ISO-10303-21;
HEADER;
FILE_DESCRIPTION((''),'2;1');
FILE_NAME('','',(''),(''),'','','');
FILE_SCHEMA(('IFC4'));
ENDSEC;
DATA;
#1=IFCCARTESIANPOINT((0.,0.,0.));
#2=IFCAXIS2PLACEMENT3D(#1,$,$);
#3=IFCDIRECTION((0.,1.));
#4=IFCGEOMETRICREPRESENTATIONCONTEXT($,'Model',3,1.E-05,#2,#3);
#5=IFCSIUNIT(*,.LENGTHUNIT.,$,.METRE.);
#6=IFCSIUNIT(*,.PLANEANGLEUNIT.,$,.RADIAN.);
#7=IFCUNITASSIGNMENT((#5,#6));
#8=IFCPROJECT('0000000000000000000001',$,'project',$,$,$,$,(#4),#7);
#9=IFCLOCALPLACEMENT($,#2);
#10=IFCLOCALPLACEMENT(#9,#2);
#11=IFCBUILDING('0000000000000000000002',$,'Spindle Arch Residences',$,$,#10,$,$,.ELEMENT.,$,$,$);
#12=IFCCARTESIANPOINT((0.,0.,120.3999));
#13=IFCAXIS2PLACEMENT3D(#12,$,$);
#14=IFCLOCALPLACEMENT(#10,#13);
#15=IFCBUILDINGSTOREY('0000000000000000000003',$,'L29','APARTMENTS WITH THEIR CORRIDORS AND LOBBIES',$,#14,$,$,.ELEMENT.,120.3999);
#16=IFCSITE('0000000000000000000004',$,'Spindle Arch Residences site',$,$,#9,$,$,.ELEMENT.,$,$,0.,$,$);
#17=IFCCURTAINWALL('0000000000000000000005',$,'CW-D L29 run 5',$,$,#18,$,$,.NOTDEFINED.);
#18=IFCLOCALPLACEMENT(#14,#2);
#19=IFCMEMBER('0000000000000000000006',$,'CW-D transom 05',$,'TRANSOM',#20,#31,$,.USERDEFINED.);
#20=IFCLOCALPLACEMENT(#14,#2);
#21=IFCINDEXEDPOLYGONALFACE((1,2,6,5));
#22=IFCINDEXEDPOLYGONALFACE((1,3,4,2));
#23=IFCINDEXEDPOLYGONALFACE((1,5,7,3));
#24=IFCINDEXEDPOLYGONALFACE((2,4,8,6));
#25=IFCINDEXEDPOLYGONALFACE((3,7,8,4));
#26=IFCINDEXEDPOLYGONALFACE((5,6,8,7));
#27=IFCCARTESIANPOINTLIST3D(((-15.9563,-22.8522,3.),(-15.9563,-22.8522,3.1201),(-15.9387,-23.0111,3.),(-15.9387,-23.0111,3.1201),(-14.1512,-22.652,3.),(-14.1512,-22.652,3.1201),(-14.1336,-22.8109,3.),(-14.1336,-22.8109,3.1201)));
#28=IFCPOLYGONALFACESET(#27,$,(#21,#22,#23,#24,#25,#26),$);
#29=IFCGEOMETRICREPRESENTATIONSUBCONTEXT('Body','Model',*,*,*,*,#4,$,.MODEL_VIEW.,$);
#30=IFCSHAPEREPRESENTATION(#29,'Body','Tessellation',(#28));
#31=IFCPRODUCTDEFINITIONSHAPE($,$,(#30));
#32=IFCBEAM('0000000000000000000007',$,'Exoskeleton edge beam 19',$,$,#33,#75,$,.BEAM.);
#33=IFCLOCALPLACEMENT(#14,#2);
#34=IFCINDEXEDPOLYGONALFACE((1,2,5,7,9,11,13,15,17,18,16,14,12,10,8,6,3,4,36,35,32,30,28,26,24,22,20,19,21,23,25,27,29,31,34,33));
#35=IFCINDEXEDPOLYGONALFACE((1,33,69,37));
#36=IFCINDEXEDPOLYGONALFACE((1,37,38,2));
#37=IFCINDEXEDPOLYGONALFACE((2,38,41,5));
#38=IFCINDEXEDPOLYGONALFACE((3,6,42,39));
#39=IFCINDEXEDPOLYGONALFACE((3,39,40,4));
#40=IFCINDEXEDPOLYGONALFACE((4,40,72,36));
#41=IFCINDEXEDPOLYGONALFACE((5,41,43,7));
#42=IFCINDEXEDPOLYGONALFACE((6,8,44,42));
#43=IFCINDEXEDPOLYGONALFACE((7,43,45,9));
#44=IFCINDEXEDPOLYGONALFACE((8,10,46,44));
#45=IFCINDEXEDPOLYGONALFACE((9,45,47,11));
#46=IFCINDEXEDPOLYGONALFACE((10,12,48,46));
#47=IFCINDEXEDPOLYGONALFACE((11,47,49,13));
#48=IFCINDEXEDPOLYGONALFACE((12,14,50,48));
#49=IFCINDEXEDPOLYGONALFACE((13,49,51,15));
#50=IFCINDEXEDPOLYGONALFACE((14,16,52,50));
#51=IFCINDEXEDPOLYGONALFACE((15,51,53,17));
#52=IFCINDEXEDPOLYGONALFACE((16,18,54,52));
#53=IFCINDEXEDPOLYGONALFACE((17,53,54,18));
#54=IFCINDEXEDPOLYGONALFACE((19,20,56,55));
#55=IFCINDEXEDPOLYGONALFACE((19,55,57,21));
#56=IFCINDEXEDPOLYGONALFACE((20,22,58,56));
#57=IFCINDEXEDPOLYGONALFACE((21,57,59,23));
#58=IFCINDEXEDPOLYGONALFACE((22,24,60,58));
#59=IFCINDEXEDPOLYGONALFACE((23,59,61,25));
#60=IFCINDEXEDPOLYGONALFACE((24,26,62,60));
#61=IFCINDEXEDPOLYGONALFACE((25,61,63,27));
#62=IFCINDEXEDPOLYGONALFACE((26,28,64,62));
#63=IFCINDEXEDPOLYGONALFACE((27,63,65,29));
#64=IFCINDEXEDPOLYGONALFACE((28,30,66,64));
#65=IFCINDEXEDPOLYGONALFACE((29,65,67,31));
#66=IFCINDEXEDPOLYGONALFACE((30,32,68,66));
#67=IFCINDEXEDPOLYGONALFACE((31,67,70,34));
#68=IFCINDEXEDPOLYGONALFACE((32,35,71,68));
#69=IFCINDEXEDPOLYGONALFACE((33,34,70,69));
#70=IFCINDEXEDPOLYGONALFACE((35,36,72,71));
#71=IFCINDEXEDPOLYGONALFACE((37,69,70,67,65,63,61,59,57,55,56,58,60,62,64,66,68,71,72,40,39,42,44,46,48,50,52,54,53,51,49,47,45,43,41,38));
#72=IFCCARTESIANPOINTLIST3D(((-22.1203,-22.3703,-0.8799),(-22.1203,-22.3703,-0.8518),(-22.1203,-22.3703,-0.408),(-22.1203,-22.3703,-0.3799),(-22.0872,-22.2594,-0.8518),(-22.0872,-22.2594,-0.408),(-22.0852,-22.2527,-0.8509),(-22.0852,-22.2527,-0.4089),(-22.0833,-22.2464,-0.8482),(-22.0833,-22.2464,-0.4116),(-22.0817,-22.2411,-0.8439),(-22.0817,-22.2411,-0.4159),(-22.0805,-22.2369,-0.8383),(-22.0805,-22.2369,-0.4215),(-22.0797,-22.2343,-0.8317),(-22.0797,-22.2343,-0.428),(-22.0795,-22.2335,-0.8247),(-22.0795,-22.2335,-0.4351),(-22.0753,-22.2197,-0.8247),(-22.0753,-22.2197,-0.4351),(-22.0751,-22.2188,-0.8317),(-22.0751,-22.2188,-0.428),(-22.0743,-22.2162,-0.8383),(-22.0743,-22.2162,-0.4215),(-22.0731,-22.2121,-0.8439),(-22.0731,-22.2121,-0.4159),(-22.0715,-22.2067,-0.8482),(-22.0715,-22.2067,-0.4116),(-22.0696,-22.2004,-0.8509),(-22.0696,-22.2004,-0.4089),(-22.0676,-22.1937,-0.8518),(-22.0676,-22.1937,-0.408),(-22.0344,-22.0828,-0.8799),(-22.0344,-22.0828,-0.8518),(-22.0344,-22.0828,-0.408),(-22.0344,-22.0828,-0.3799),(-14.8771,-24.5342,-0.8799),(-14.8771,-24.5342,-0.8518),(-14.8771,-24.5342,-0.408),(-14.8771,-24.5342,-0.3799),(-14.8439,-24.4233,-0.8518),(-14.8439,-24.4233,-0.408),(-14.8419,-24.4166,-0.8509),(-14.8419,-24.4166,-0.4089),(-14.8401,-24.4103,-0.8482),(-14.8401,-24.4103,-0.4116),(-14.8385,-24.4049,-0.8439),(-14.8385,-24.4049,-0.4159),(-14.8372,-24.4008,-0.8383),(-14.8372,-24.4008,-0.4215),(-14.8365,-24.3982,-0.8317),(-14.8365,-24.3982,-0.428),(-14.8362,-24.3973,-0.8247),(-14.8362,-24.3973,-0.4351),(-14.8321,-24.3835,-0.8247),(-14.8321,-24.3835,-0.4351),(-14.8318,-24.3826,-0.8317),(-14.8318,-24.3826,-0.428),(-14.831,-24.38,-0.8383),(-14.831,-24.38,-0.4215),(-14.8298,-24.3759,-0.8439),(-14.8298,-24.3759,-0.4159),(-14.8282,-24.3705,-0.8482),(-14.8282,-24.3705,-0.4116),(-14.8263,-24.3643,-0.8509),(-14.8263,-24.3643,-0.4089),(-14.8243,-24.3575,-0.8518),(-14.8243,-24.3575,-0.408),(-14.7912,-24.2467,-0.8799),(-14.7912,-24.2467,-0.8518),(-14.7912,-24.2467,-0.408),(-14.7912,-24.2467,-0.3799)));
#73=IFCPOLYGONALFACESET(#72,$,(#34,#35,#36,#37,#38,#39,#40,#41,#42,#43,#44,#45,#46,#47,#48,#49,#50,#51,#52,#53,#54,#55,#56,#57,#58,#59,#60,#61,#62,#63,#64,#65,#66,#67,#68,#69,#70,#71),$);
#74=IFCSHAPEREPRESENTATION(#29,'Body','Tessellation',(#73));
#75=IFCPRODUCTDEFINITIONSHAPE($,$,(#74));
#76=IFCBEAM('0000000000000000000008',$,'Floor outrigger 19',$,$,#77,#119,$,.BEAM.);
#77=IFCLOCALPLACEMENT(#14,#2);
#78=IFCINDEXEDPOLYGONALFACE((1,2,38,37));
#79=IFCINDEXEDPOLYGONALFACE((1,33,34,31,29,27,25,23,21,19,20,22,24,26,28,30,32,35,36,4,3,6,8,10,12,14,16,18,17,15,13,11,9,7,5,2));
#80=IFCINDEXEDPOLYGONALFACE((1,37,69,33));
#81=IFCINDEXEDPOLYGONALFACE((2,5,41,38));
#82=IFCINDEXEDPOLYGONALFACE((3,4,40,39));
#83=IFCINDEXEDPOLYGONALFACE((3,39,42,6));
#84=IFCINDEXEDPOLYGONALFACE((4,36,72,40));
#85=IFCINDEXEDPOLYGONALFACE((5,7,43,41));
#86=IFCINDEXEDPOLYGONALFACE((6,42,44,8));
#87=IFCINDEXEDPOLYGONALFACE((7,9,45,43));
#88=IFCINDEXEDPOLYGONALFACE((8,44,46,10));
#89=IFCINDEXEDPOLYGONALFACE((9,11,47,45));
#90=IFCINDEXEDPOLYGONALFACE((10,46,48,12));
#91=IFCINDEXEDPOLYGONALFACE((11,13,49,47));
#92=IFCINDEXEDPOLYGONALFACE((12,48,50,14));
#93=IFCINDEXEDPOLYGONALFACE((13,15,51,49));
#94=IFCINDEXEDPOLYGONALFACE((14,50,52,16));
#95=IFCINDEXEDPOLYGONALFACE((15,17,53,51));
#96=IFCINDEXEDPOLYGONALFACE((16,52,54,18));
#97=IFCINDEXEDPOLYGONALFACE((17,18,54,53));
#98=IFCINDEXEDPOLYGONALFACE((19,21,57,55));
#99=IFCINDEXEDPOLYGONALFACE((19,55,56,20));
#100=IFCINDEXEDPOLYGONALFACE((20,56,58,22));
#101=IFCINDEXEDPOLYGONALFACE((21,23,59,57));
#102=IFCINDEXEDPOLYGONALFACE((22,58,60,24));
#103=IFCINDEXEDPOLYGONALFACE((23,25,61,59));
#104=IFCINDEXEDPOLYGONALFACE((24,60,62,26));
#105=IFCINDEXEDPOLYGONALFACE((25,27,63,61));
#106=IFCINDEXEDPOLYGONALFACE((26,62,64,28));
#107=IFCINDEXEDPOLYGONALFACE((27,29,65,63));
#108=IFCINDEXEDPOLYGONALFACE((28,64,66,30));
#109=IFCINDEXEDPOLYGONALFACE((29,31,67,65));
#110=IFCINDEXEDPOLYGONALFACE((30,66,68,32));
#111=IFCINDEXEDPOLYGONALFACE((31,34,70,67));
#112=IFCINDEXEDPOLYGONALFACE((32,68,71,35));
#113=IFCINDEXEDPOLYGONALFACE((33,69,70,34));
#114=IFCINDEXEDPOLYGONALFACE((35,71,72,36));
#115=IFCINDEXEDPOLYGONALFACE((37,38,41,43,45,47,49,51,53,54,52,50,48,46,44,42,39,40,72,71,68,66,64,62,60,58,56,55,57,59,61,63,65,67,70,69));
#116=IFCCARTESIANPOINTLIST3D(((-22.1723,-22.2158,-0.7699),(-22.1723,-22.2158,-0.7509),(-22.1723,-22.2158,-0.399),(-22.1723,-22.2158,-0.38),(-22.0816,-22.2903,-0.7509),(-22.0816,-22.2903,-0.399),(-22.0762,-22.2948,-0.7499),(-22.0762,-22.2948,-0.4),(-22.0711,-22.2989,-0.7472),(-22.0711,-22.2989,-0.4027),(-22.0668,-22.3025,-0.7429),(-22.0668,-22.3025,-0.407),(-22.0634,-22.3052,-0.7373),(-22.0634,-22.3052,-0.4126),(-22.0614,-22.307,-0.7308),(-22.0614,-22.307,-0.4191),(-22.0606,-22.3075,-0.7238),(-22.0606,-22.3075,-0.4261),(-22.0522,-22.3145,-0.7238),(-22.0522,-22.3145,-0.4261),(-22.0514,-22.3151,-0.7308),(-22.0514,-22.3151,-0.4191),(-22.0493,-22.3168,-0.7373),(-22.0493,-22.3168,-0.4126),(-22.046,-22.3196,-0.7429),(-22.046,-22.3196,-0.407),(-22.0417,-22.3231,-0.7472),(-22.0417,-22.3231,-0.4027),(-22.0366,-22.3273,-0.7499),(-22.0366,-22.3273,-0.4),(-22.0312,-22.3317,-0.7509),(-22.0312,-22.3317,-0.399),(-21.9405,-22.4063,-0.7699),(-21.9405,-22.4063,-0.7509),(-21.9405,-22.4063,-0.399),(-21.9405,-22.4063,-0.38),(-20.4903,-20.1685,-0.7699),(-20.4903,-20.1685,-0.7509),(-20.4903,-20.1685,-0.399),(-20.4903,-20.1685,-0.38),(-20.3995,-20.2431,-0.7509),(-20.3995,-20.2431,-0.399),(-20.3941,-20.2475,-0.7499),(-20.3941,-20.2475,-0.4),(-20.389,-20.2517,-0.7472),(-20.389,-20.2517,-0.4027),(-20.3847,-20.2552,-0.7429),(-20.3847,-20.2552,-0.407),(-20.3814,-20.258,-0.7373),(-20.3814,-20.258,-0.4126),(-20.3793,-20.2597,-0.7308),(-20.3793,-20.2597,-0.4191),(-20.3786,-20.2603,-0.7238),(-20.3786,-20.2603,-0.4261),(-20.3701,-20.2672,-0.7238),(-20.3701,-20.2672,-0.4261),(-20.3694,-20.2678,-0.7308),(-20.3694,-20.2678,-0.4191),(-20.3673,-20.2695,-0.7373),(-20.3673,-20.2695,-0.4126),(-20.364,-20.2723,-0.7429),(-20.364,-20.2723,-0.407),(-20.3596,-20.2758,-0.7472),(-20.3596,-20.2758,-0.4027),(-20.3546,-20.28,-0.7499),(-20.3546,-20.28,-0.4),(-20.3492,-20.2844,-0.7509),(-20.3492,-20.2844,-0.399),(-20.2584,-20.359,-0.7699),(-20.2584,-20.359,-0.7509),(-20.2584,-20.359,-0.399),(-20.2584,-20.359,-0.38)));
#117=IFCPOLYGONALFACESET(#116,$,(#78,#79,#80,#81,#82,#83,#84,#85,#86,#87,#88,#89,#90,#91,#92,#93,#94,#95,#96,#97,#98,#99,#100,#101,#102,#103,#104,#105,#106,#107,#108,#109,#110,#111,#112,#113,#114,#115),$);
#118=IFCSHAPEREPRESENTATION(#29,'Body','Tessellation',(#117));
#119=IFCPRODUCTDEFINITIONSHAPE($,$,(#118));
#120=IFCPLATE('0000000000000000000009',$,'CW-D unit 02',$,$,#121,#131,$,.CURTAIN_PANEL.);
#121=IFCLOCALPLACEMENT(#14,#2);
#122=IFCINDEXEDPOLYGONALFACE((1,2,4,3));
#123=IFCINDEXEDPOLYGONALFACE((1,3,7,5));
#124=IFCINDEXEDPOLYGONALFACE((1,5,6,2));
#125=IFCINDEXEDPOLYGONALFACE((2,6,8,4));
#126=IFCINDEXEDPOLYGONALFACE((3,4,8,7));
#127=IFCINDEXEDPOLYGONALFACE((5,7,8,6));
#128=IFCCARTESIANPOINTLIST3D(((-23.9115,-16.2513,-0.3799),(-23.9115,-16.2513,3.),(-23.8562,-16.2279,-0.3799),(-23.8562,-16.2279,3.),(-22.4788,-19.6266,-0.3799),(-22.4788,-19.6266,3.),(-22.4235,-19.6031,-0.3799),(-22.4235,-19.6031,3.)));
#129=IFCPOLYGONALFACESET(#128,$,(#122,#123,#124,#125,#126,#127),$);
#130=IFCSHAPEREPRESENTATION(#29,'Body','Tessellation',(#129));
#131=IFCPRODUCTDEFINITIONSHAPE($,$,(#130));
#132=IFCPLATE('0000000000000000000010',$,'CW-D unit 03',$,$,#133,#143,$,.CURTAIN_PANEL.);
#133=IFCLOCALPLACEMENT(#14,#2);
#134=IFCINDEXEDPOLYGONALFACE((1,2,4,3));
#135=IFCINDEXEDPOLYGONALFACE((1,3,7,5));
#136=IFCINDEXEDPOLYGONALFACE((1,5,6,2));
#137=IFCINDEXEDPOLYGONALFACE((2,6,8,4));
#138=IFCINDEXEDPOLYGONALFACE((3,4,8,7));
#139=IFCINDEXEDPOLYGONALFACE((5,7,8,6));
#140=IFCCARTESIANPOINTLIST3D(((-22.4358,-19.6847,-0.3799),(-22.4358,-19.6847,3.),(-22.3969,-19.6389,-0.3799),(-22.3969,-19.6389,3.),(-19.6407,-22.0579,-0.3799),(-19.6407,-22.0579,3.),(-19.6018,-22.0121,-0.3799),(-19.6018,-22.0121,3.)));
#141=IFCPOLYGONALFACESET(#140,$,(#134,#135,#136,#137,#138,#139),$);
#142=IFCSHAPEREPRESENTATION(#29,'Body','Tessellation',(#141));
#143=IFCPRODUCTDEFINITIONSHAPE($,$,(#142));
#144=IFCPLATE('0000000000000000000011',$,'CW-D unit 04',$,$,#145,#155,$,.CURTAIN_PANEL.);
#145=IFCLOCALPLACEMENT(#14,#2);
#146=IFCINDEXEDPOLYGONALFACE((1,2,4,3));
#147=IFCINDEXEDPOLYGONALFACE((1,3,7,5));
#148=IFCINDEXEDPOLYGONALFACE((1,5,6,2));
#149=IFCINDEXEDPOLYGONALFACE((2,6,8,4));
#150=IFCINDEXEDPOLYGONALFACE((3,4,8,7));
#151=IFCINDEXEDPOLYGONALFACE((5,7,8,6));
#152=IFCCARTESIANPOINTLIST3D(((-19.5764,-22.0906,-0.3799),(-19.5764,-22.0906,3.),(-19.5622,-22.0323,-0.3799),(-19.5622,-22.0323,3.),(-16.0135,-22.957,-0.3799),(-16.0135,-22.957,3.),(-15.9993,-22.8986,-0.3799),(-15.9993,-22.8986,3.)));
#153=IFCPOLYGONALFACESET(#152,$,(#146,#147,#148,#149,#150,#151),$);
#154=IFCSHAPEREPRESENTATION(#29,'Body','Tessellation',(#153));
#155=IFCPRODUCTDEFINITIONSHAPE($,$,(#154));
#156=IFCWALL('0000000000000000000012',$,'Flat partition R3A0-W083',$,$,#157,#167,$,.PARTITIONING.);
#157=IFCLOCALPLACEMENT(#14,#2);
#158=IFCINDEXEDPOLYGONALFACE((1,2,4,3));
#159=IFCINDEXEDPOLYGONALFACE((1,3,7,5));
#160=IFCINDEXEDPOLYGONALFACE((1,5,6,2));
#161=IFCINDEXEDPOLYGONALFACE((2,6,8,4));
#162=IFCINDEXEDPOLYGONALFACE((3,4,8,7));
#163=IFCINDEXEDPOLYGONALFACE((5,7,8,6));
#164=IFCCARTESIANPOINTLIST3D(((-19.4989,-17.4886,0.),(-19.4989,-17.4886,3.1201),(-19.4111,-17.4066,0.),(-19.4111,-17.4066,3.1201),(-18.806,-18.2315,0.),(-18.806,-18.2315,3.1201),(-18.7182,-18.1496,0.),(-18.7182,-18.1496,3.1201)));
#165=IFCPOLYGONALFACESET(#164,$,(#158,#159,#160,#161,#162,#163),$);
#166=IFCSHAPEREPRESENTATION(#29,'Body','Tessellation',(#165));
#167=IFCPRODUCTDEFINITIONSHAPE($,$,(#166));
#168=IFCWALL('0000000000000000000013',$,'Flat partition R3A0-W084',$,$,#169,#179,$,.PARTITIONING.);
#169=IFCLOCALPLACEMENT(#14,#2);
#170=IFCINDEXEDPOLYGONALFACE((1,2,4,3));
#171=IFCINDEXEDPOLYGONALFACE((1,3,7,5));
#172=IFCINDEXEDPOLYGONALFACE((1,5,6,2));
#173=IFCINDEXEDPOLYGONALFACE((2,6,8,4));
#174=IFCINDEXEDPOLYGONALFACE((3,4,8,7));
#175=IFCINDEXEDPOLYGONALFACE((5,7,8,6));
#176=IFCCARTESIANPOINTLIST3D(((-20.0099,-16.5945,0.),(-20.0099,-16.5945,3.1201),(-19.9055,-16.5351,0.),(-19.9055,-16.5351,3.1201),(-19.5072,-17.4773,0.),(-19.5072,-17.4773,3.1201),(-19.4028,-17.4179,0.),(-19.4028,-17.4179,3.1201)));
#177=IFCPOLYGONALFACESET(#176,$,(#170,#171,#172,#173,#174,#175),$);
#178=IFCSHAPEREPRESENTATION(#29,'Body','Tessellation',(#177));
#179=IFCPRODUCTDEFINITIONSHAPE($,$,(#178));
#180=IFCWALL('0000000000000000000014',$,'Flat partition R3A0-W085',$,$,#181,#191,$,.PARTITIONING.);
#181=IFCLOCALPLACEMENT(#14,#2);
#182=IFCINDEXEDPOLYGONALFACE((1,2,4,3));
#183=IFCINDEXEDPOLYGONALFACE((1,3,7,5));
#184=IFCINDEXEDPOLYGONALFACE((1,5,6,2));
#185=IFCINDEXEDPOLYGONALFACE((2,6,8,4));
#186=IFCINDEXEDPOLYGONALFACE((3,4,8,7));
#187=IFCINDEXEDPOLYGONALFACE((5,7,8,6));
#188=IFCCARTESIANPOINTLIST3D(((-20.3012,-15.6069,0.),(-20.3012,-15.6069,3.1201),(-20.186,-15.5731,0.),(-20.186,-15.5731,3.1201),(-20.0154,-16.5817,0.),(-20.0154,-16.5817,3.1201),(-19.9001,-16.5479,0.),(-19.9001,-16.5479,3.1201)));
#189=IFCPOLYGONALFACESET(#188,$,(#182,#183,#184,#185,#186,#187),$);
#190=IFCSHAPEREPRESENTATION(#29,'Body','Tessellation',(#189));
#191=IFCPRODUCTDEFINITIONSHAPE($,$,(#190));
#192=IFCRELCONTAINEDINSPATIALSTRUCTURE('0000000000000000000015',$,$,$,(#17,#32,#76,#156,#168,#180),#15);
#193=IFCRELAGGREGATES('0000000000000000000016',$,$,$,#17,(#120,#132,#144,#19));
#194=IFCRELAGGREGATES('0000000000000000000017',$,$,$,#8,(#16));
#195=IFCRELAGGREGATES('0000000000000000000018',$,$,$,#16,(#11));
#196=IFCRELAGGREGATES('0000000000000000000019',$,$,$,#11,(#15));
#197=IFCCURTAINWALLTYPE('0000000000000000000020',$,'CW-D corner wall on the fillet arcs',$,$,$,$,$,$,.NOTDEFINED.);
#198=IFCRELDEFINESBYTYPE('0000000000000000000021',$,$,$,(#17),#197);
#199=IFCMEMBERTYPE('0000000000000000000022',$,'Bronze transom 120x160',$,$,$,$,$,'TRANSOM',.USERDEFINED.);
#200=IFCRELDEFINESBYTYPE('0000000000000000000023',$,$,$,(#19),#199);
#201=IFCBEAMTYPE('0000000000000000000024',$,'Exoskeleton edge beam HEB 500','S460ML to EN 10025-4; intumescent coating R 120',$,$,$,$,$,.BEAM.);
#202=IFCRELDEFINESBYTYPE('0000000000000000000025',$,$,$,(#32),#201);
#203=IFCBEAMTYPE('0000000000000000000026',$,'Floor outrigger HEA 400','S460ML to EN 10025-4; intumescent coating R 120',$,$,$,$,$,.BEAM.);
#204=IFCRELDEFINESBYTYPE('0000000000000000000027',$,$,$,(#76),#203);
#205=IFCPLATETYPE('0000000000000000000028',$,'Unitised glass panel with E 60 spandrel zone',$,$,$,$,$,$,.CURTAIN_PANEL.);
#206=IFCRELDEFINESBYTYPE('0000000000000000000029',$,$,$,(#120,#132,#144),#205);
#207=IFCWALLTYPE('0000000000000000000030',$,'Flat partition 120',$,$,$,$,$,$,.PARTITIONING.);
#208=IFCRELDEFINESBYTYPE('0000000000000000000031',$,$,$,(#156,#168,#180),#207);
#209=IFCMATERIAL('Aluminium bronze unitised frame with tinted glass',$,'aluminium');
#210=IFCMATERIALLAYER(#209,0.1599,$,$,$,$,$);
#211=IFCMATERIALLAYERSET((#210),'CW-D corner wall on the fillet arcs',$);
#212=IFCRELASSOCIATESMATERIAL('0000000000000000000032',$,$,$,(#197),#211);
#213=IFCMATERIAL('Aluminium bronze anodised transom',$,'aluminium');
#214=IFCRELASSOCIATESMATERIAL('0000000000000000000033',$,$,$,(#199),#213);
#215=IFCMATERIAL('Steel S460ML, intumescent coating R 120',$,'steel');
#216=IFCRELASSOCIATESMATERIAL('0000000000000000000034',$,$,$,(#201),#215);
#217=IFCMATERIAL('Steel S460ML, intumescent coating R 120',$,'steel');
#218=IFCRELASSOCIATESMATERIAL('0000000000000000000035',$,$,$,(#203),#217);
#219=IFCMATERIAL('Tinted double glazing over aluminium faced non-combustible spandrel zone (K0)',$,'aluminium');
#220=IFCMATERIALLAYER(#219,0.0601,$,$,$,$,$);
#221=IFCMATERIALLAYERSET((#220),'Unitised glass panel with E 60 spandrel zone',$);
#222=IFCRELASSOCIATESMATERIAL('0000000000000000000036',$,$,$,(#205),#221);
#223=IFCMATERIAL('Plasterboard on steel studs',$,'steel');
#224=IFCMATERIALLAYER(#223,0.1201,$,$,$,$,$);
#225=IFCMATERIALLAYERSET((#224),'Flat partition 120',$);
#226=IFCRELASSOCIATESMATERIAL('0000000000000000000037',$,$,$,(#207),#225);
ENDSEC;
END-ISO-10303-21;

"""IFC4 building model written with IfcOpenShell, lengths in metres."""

from ifc_helpers import new_model, si_unit, direction, frame, frame_2d, origin, origin_2d, place, context, subcontext, project, spatial, rectangle, i_section, extrude, material, layer, layer_set, material_profile, profile_set, type_object, element, aggregate, save


model = new_model("IFC4")

# Units and contexts
model_context = context("Model", 3, precision=1e-05, world=origin(), true_north=direction((0.0, 1.0)))
body_context = subcontext(model_context, "Body", "Model", "MODEL_VIEW")
ifc_project = project(units=[si_unit("LENGTHUNIT", "METRE"), si_unit("PLANEANGLEUNIT", "RADIAN")], contexts=[model_context])

# Site, building, storey
site_placement = place(None, origin())
site = spatial("IfcSite", under=ifc_project, at=site_placement, Name="Spindle Arch Residences site", CompositionType="ELEMENT", RefElevation=0.0)
building_placement = place(site_placement, origin())
building = spatial("IfcBuilding", under=site, at=building_placement, Name="Spindle Arch Residences", CompositionType="ELEMENT")
storey_placement = place(building_placement, frame((0.0, 0.0, 120.3999)))
storey = spatial("IfcBuildingStorey", under=building, at=storey_placement, Name="L29", Description="APARTMENTS WITH THEIR CORRIDORS AND LOBBIES", CompositionType="ELEMENT", Elevation=120.3999)

# Curtain wall, member
ifc_material_1 = material(Name="Aluminium bronze unitised frame with tinted glass", Category="aluminium")
ifc_layer_1 = layer(ifc_material_1, 0.1599)
ifc_layer_set_1 = layer_set([ifc_layer_1], Name="CW-D corner wall on the fillet arcs")
curtain_wall_type = type_object("IfcCurtainWallType", Name="CW-D corner wall on the fillet arcs", PredefinedType="NOTDEFINED", material=ifc_layer_set_1)
curtain_wall_placement = place(storey_placement, origin())
curtain_wall = element("IfcCurtainWall", 1, at=curtain_wall_placement, inside=storey, type_object=curtain_wall_type, Name="CW-D L29 run 5", PredefinedType="NOTDEFINED")
ifc_material_2 = material(Name="Aluminium bronze anodised transom", Category="aluminium")
ifc_material_profile_1 = material_profile(ifc_material_2, rectangle(XDim=0.1599, YDim=0.1201, at=origin_2d()), Name="TR 120x160")
ifc_profile_set_1 = profile_set([ifc_material_profile_1], Name="Aluminium bronze anodised transom")
member_type_1 = type_object("IfcMemberType", Name="Bronze transom 120x160", ElementType="TRANSOM", PredefinedType="USERDEFINED", material=ifc_profile_set_1)
member_1_placement = place(storey_placement, frame((-15.9475, -22.9316, 3.0601), z_axis=(0.993907, 0.110225, 0.0), x_axis=(-0.110225, 0.993907, 0.0)))
member_1 = element("IfcMember", 2, at=member_1_placement, type_object=member_type_1, Name="CW-D transom 05", ObjectType="TRANSOM", PredefinedType="USERDEFINED", context=body_context, shape_type="SweptSolid", body=[
    extrude(rectangle(XDim=0.1599, YDim=0.1201, at=origin_2d()), origin(), (0.0, 0.0, 1.0), 1.8162),
])

# Beams
ifc_material_3 = material(Name="Steel S460ML, intumescent coating R 120", Category="steel")
ifc_material_profile_2 = material_profile(ifc_material_3, i_section(OverallWidth=0.3, OverallDepth=0.5, WebThickness=0.0144, FlangeThickness=0.0281, FilletRadius=0.0271, at=origin_2d()), Name="HEB 500")
ifc_profile_set_2 = profile_set([ifc_material_profile_2], Name="Steel S460ML, intumescent coating R 120")
beam_type_1 = type_object("IfcBeamType", Name="Exoskeleton edge beam HEB 500", Description="S460ML to EN 10025-4; intumescent coating R 120", PredefinedType="BEAM", material=ifc_profile_set_2)
beam_1_placement = place(storey_placement, frame((-22.0774, -22.2266, -0.6299), z_axis=(0.958158, -0.28624, 0.0), x_axis=(0.28624, 0.958158, 0.0)))
element("IfcBeam", 3, at=beam_1_placement, inside=storey, type_object=beam_type_1, Name="Exoskeleton edge beam 19", PredefinedType="BEAM", context=body_context, shape_type="SweptSolid", body=[
    extrude(i_section(OverallWidth=0.3, OverallDepth=0.5, WebThickness=0.0144, FlangeThickness=0.0281, FilletRadius=0.0271, at=origin_2d()), origin(), (0.0, 0.0, 1.0), 7.5596),
])
ifc_material_4 = material(Name="Steel S460ML, intumescent coating R 120", Category="steel")
ifc_material_profile_3 = material_profile(ifc_material_4, i_section(OverallWidth=0.3, OverallDepth=0.3899, WebThickness=0.011, FlangeThickness=0.019, FilletRadius=0.0271, at=origin_2d()), Name="HEA 400")
ifc_profile_set_3 = profile_set([ifc_material_profile_3], Name="Steel S460ML, intumescent coating R 120")
beam_type_2 = type_object("IfcBeamType", Name="Floor outrigger HEA 400", Description="S460ML to EN 10025-4; intumescent coating R 120", PredefinedType="BEAM", material=ifc_profile_set_3)
beam_2_placement = place(storey_placement, frame((-22.0564, -22.311, -0.575), z_axis=(0.634822, 0.772658, 0.0), x_axis=(-0.772658, 0.634822, 0.0)))
element("IfcBeam", 4, at=beam_2_placement, inside=storey, type_object=beam_type_2, Name="Floor outrigger 19", PredefinedType="BEAM", context=body_context, shape_type="SweptSolid", body=[
    extrude(i_section(OverallWidth=0.3, OverallDepth=0.3899, WebThickness=0.011, FlangeThickness=0.019, FilletRadius=0.0271, at=origin_2d()), origin(), (0.0, 0.0, 1.0), 2.6497),
])

# Plates
ifc_material_5 = material(Name="Tinted double glazing over aluminium faced non-combustible spandrel zone (K0)", Category="aluminium")
ifc_layer_2 = layer(ifc_material_5, 0.0601)
ifc_layer_set_2 = layer_set([ifc_layer_2], Name="Unitised glass panel with E 60 spandrel zone")
plate_type = type_object("IfcPlateType", Name="Unitised glass panel with E 60 spandrel zone", PredefinedType="CURTAIN_PANEL", material=ifc_layer_set_2)
plate_1_placement = place(storey_placement, frame((-23.1675, -17.9272, -0.3799), z_axis=(0.0, 0.0, 1.0), x_axis=(0.390731, -0.920505, 0.0)))
plate_1 = element("IfcPlate", 5, at=plate_1_placement, type_object=plate_type, Name="CW-D unit 02", PredefinedType="CURTAIN_PANEL", context=body_context, shape_type="SweptSolid", body=[
    extrude(rectangle(XDim=3.6667, YDim=0.0601, at=origin_2d()), origin(), (0.0, 0.0, 1.0), 3.3799),
])
plate_2_placement = place(storey_placement, frame((-21.0188, -20.8484, -0.3799), z_axis=(0.0, 0.0, 1.0), x_axis=(0.762292, -0.647233, 0.0)))
plate_2 = element("IfcPlate", 6, at=plate_2_placement, type_object=plate_type, Name="CW-D unit 03", PredefinedType="CURTAIN_PANEL", context=body_context, shape_type="SweptSolid", body=[
    extrude(rectangle(XDim=3.6667, YDim=0.0601, at=origin_2d()), origin(), (0.0, 0.0, 1.0), 3.3799),
])
plate_3_placement = place(storey_placement, frame((-17.7878, -22.4946, -0.3799), z_axis=(0.0, 0.0, 1.0), x_axis=(0.971687, -0.236273, 0.0)))
plate_3 = element("IfcPlate", 7, at=plate_3_placement, type_object=plate_type, Name="CW-D unit 04", PredefinedType="CURTAIN_PANEL", context=body_context, shape_type="SweptSolid", body=[
    extrude(rectangle(XDim=3.6667, YDim=0.0601, at=origin_2d()), origin(), (0.0, 0.0, 1.0), 3.3799),
])
aggregate(curtain_wall, [plate_1, plate_2, plate_3, member_1])

# Walls
ifc_material_6 = material(Name="Plasterboard on steel studs", Category="steel")
ifc_layer_3 = layer(ifc_material_6, 0.1201)
ifc_layer_set_3 = layer_set([ifc_layer_3], Name="Flat partition 120")
wall_type_1 = type_object("IfcWallType", Name="Flat partition 120", PredefinedType="PARTITIONING", material=ifc_layer_set_3)
for number, where, z_axis, x_axis, name in (
    (8, (-18.7622, -18.1904, 0.0), (0.0, 0.0, 1.0), (-0.682044, 0.731311, 0.0), "Flat partition R3A0-W083"),
    (9, (-19.4551, -17.4475, 0.0), (0.0, 0.0, 1.0), (-0.494818, 0.868996, 0.0), "Flat partition R3A0-W084"),
    (10, (-19.9578, -16.5647, 0.0), (0.0, 0.0, 1.0), (-0.281412, 0.959587, 0.0), "Flat partition R3A0-W085"),
):
    element("IfcWall", number, at=place(storey_placement, frame(where, z_axis=z_axis, x_axis=x_axis)), inside=storey, type_object=wall_type_1, Name=name, PredefinedType="PARTITIONING", context=body_context, shape_type="SweptSolid", body=[
        extrude(rectangle(XDim=1.0159, YDim=0.1201, at=frame_2d((0.5078, 0.0))), origin(), (0.0, 0.0, 1.0), 3.1201),
    ])

save(model, "model.ifc")
